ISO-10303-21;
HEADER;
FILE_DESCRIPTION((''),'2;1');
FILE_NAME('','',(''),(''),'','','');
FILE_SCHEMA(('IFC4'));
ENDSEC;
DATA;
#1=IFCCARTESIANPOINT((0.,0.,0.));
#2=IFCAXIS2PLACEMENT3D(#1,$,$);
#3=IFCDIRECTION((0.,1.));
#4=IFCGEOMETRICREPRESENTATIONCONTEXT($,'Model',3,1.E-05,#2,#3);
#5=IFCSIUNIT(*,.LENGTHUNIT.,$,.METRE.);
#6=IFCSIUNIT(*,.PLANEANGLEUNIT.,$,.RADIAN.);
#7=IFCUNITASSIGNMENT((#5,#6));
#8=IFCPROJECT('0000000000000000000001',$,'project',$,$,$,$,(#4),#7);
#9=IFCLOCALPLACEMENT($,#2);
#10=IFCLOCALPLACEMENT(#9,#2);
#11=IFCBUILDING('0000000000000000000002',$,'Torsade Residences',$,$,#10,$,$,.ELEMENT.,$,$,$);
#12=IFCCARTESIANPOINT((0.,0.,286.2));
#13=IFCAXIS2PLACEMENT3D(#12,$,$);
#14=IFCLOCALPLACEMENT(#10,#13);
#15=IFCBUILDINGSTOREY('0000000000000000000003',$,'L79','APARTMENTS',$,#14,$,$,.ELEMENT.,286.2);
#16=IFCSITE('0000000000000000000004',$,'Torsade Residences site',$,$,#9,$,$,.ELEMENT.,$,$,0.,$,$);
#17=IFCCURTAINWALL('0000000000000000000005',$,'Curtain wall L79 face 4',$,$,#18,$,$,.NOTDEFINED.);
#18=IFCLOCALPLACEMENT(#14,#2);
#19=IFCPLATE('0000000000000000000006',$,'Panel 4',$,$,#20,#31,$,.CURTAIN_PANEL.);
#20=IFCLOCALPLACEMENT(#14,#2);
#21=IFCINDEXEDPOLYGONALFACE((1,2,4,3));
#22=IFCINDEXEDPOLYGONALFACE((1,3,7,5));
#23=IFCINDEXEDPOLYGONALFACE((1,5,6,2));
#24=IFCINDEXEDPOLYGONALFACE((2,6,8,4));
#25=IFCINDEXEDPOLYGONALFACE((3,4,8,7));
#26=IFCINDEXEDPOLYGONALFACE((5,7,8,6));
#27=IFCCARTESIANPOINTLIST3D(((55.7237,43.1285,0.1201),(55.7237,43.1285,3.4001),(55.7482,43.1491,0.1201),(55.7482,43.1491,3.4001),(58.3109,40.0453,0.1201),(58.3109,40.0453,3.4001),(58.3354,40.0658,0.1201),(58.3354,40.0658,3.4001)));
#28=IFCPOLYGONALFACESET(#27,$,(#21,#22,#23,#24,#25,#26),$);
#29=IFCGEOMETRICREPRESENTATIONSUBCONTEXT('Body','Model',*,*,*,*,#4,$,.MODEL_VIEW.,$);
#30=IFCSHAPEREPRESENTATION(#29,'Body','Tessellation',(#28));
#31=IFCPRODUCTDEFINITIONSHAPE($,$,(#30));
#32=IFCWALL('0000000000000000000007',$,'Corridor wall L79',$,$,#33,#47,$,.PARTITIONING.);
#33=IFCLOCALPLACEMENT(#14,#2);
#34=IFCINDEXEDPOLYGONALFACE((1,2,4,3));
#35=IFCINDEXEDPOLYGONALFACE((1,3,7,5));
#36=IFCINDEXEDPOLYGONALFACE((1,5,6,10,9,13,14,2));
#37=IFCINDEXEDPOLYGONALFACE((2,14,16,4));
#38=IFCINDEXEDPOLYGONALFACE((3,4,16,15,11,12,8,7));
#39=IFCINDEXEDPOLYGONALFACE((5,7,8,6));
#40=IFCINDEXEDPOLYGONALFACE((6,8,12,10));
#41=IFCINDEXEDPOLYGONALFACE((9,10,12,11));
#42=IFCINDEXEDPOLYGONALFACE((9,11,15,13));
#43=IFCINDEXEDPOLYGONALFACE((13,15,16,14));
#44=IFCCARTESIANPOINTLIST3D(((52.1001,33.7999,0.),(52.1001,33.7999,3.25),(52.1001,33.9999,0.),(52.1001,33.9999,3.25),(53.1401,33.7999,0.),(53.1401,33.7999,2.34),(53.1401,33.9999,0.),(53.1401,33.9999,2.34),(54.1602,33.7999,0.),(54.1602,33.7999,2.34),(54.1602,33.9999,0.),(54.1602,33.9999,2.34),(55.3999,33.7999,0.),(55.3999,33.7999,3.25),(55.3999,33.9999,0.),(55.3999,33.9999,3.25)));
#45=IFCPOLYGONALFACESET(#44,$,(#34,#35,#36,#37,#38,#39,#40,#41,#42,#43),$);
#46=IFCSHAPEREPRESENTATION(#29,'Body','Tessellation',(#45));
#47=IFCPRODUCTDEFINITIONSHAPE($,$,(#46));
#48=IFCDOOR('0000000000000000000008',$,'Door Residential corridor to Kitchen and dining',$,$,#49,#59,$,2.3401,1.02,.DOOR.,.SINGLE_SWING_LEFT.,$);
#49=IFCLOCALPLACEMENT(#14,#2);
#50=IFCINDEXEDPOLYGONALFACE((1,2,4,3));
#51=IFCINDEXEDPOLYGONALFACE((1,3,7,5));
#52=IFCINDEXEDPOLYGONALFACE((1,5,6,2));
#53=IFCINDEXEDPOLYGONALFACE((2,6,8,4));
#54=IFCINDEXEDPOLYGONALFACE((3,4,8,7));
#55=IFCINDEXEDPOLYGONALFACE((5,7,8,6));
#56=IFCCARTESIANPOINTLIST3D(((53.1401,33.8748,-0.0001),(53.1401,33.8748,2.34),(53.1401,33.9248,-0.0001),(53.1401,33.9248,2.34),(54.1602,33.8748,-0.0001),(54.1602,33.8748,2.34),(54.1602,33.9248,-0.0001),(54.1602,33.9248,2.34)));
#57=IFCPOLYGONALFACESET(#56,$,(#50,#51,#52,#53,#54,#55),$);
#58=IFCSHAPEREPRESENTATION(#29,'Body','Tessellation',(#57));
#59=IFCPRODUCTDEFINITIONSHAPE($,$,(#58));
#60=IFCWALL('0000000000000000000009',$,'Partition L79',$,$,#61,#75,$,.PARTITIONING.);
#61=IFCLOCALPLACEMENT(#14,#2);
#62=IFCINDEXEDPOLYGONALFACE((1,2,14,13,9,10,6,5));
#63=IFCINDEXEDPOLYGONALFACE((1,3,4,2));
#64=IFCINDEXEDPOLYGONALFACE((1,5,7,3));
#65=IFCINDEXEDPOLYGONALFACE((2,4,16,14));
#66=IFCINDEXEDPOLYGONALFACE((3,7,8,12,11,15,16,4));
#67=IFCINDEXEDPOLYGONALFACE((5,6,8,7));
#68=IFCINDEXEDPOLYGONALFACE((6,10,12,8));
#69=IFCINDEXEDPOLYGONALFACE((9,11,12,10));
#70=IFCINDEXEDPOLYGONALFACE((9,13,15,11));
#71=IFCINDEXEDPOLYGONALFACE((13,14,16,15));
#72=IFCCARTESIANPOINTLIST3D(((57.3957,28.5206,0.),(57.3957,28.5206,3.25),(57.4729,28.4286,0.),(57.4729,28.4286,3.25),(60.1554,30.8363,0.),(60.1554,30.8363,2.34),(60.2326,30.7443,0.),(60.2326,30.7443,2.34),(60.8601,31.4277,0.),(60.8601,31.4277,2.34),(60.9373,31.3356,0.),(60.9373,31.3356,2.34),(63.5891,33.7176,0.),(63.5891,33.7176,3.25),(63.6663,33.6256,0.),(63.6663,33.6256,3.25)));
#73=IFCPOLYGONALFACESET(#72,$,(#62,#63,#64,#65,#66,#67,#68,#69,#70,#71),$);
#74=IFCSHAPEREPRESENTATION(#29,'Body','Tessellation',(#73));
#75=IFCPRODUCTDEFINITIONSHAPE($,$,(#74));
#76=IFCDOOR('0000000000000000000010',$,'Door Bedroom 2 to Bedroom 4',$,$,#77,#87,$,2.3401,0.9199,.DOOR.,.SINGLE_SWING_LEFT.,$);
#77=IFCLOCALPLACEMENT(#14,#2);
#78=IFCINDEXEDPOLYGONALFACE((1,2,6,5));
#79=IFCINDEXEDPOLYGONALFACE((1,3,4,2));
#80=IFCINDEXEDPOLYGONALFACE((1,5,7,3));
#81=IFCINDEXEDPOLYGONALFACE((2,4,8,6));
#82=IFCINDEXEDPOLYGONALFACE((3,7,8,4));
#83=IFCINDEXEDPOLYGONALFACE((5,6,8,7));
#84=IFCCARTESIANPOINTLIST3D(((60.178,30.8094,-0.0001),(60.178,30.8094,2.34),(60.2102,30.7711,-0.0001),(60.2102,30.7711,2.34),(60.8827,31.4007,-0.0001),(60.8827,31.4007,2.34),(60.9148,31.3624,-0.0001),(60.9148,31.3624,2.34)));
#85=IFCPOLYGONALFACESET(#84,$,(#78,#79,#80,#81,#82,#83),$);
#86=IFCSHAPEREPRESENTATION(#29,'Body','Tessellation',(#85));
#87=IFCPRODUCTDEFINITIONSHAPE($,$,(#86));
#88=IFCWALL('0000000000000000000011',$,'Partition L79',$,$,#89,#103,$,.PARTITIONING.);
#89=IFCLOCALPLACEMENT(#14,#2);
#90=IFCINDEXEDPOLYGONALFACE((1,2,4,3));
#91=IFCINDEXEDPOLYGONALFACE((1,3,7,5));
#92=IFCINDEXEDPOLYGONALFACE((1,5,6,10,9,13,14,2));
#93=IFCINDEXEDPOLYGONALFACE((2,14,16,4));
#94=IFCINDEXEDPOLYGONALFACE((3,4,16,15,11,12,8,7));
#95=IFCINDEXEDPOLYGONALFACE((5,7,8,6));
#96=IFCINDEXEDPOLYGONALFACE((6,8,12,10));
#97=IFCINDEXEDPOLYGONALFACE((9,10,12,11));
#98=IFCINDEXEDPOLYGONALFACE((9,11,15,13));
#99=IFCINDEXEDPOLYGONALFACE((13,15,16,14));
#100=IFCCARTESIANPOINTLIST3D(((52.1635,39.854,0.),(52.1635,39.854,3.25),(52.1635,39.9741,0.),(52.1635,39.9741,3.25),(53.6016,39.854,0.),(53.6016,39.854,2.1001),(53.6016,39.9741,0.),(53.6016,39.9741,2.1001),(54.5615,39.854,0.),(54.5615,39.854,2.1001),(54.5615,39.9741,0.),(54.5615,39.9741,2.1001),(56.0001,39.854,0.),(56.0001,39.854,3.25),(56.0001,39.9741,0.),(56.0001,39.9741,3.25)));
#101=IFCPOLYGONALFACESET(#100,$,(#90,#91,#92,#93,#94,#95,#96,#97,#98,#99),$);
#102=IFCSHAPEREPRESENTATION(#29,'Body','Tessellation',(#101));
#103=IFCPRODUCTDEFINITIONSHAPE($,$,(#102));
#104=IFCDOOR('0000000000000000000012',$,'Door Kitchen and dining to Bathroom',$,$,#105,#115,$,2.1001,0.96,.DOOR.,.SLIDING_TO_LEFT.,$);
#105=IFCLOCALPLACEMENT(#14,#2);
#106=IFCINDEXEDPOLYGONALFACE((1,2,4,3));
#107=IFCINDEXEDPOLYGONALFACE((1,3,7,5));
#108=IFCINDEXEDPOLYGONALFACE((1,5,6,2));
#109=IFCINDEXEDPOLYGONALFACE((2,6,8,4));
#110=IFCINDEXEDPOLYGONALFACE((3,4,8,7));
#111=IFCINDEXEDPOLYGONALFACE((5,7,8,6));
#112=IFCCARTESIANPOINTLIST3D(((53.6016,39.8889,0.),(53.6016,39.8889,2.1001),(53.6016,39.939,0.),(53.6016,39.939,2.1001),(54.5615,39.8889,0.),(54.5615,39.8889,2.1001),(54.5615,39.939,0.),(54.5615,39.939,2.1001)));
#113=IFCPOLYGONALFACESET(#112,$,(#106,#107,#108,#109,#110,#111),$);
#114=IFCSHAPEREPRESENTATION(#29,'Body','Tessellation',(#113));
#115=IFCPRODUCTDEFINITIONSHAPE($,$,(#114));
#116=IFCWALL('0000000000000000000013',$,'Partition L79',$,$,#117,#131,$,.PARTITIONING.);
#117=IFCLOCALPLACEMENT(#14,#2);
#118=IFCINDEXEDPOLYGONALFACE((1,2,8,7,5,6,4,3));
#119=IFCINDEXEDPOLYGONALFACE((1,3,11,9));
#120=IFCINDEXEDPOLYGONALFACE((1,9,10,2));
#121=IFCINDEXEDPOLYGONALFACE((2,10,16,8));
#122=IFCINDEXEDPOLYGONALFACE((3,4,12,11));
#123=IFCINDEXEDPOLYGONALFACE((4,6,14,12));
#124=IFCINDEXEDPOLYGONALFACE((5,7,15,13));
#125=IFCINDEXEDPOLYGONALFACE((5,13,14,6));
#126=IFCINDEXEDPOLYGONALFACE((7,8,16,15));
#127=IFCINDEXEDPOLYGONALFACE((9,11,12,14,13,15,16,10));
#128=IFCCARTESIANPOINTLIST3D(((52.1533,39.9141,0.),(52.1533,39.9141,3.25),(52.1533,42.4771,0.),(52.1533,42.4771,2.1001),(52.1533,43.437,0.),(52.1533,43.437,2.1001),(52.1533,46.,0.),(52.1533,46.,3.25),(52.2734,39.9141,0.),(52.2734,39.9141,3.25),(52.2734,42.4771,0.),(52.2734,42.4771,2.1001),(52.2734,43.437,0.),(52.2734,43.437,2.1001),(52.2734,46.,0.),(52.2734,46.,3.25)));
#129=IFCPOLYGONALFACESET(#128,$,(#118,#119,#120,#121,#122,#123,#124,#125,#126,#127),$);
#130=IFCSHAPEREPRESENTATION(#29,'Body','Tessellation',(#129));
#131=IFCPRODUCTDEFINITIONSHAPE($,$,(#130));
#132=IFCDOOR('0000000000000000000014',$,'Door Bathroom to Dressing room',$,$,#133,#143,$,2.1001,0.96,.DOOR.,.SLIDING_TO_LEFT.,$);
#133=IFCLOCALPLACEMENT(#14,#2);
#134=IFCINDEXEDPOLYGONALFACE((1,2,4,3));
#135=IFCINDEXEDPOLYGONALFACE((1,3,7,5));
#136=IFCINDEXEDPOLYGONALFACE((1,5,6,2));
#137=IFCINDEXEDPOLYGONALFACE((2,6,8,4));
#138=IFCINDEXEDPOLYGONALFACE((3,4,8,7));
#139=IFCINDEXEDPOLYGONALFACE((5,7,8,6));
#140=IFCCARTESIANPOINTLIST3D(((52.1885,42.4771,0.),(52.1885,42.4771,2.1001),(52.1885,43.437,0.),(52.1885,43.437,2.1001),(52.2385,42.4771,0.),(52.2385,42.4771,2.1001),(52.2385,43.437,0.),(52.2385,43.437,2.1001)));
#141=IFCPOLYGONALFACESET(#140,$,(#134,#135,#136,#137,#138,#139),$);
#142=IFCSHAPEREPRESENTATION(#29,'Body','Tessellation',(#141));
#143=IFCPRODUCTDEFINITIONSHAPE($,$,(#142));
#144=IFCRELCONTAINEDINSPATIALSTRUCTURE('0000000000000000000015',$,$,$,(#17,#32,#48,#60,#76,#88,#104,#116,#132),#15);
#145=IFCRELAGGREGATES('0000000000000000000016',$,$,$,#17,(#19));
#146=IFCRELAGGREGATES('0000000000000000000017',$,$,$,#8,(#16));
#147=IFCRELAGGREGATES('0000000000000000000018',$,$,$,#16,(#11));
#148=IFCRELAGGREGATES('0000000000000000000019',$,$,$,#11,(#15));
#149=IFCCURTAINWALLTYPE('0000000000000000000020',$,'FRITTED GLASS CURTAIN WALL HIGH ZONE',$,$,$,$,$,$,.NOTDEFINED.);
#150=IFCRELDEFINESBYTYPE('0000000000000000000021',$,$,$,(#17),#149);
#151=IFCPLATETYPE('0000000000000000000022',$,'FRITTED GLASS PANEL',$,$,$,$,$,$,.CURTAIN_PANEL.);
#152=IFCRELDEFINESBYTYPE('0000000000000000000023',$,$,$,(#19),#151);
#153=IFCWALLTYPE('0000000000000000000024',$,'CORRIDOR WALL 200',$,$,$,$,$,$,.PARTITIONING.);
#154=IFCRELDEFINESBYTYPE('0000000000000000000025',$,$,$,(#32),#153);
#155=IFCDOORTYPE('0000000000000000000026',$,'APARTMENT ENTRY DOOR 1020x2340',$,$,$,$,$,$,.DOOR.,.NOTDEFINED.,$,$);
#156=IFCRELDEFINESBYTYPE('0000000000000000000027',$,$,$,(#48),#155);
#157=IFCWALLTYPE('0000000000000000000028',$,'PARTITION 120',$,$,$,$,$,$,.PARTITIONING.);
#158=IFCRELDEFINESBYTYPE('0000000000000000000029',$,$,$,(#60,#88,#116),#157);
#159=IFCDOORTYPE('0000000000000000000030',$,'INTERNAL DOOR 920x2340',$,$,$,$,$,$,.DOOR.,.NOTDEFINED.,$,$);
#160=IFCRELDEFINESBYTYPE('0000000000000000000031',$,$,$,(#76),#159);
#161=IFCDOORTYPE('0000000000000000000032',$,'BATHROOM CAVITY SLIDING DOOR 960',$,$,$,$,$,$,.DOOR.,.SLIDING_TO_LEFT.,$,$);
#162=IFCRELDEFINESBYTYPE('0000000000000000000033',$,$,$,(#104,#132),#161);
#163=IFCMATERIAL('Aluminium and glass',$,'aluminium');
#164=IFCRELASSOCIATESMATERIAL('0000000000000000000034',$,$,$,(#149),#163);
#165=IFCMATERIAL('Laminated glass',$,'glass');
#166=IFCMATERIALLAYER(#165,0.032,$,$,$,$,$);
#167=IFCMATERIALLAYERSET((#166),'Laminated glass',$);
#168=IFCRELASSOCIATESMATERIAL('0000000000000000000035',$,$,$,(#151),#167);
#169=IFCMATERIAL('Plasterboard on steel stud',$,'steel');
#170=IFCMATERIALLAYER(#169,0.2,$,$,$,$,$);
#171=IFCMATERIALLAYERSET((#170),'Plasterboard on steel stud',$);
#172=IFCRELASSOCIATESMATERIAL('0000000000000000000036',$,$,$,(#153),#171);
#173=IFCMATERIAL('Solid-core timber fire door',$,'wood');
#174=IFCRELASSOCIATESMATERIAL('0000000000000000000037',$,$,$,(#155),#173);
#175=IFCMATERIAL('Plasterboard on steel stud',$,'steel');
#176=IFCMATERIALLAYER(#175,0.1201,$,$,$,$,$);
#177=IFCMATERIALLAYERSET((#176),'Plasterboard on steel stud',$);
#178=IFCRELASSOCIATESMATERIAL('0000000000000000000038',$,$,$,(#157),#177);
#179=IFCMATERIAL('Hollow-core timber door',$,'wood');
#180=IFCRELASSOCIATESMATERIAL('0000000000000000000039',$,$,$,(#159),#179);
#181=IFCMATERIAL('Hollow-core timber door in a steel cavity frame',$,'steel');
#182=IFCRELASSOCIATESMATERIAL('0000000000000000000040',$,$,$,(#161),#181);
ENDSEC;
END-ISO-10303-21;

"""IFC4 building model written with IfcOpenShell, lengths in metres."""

from ifc_helpers import new_model, si_unit, direction, frame, frame_2d, origin, origin_2d, place, context, subcontext, project, spatial, rectangle, extrude, material, layer, layer_set, type_object, element, fill, aggregate, save


model = new_model("IFC4")

# Units and contexts
model_context = context("Model", 3, precision=1e-05, world=origin(), true_north=direction((0.0, 1.0)))
body_context = subcontext(model_context, "Body", "Model", "MODEL_VIEW")
ifc_project = project(units=[si_unit("LENGTHUNIT", "METRE"), si_unit("PLANEANGLEUNIT", "RADIAN")], contexts=[model_context])

# Site, building, storey
site_placement = place(None, origin())
site = spatial("IfcSite", under=ifc_project, at=site_placement, Name="Torsade Residences site", CompositionType="ELEMENT", RefElevation=0.0)
building_placement = place(site_placement, origin())
building = spatial("IfcBuilding", under=site, at=building_placement, Name="Torsade Residences", CompositionType="ELEMENT")
storey_placement = place(building_placement, frame((0.0, 0.0, 286.2)))
storey = spatial("IfcBuildingStorey", under=building, at=storey_placement, Name="L79", Description="APARTMENTS", CompositionType="ELEMENT", Elevation=286.2)

# Curtain wall, plate
ifc_material_1 = material(Name="Aluminium and glass", Category="aluminium")
curtain_wall_type = type_object("IfcCurtainWallType", Name="FRITTED GLASS CURTAIN WALL HIGH ZONE", PredefinedType="NOTDEFINED", material=ifc_material_1)
curtain_wall_placement = place(storey_placement, origin())
curtain_wall = element("IfcCurtainWall", 1, at=curtain_wall_placement, inside=storey, type_object=curtain_wall_type, Name="Curtain wall L79 face 4", PredefinedType="NOTDEFINED")
ifc_material_2 = material(Name="Laminated glass", Category="glass")
ifc_layer_1 = layer(ifc_material_2, 0.032)
ifc_layer_set_1 = layer_set([ifc_layer_1], Name="Laminated glass")
plate_type = type_object("IfcPlateType", Name="FRITTED GLASS PANEL", PredefinedType="CURTAIN_PANEL", material=ifc_layer_set_1)
plate_placement = place(storey_placement, frame((57.0295, 41.5972, 0.1201), z_axis=(0.0, 0.0, 1.0), x_axis=(-0.642788, 0.766044, 0.0)))
plate = element("IfcPlate", 2, at=plate_placement, type_object=plate_type, Name="Panel 4", PredefinedType="CURTAIN_PANEL", context=body_context, shape_type="SweptSolid", body=[
    extrude(rectangle(XDim=4.0249, YDim=0.032, at=origin_2d()), origin(), (0.0, 0.0, 1.0), 3.28),
])
aggregate(curtain_wall, [plate])

# Walls, openings, doors
ifc_material_3 = material(Name="Plasterboard on steel stud", Category="steel")
ifc_layer_2 = layer(ifc_material_3, 0.2)
ifc_layer_set_2 = layer_set([ifc_layer_2], Name="Plasterboard on steel stud")
wall_type_1 = type_object("IfcWallType", Name="CORRIDOR WALL 200", PredefinedType="PARTITIONING", material=ifc_layer_set_2)
wall_1_placement = place(storey_placement, frame((52.1001, 33.8999, 0.0), z_axis=(0.0, 0.0, 1.0), x_axis=(1.0, 0.0, 0.0)))
wall_1 = element("IfcWall", 3, at=wall_1_placement, inside=storey, type_object=wall_type_1, Name="Corridor wall L79", PredefinedType="PARTITIONING", context=body_context, shape_type="SweptSolid", body=[
    extrude(rectangle(XDim=3.2998, YDim=0.2, at=frame_2d((1.6499, 0.0))), origin(), (0.0, 0.0, 1.0), 3.25),
])
opening_1_placement = place(wall_1_placement, frame((1.04, 0.0, 0.0)))
opening_1 = element("IfcOpeningElement", 4, at=opening_1_placement, cuts=wall_1, PredefinedType="OPENING", context=body_context, shape_type="SweptSolid", body=[
    extrude(rectangle(XDim=1.02, YDim=2.3401, at=frame_2d((0.51, 1.1699))), frame((0.0, 0.1099, 0.0), z_axis=(0.0, -1.0, 0.0), x_axis=(1.0, 0.0, 0.0)), (0.0, 0.0, 1.0), 0.22),
])
ifc_material_4 = material(Name="Solid-core timber fire door", Category="wood")
door_type_1 = type_object("IfcDoorType", Name="APARTMENT ENTRY DOOR 1020x2340", OperationType="NOTDEFINED", PredefinedType="DOOR", material=ifc_material_4)
door_1_placement = place(opening_1_placement, origin())
door_1 = element("IfcDoor", 5, at=door_1_placement, inside=storey, type_object=door_type_1, Name="Door Residential corridor to Kitchen and dining", OperationType="SINGLE_SWING_LEFT", OverallHeight=2.3401, OverallWidth=1.02, PredefinedType="DOOR", context=body_context, shape_type="SweptSolid", body=[
    extrude(rectangle(XDim=1.02, YDim=2.3401, at=frame_2d((0.51, 1.1699))), frame((0.0, 0.0249, 0.0), z_axis=(0.0, -1.0, 0.0), x_axis=(1.0, 0.0, 0.0)), (0.0, 0.0, 1.0), 0.05),
])
fill(opening_1, door_1)
ifc_material_5 = material(Name="Plasterboard on steel stud", Category="steel")
ifc_layer_3 = layer(ifc_material_5, 0.1201)
ifc_layer_set_3 = layer_set([ifc_layer_3], Name="Plasterboard on steel stud")
wall_type_2 = type_object("IfcWallType", Name="PARTITION 120", PredefinedType="PARTITIONING", material=ifc_layer_set_3)
wall_2_placement = place(storey_placement, frame((57.4343, 28.4746, 0.0), z_axis=(0.0, 0.0, 1.0), x_axis=(0.766034, 0.6428, 0.0)))
wall_2 = element("IfcWall", 6, at=wall_2_placement, inside=storey, type_object=wall_type_2, Name="Partition L79", PredefinedType="PARTITIONING", context=body_context, shape_type="SweptSolid", body=[
    extrude(rectangle(XDim=8.085, YDim=0.1201, at=frame_2d((4.0425, 0.0))), origin(), (0.0, 0.0, 1.0), 3.25),
])
opening_2_placement = place(wall_2_placement, frame((3.6025, 0.0, 0.0)))
opening_2 = element("IfcOpeningElement", 7, at=opening_2_placement, cuts=wall_2, PredefinedType="OPENING", context=body_context, shape_type="SweptSolid", body=[
    extrude(rectangle(XDim=0.9199, YDim=2.3401, at=frame_2d((0.46, 1.1699))), frame((0.0, 0.0701, 0.0), z_axis=(0.0, -1.0, 0.0), x_axis=(1.0, 0.0, 0.0)), (0.0, 0.0, 1.0), 0.1401),
])
ifc_material_6 = material(Name="Hollow-core timber door", Category="wood")
door_type_2 = type_object("IfcDoorType", Name="INTERNAL DOOR 920x2340", OperationType="NOTDEFINED", PredefinedType="DOOR", material=ifc_material_6)
door_2_placement = place(opening_2_placement, origin())
door_2 = element("IfcDoor", 8, at=door_2_placement, inside=storey, type_object=door_type_2, Name="Door Bedroom 2 to Bedroom 4", OperationType="SINGLE_SWING_LEFT", OverallHeight=2.3401, OverallWidth=0.9199, PredefinedType="DOOR", context=body_context, shape_type="SweptSolid", body=[
    extrude(rectangle(XDim=0.9199, YDim=2.3401, at=frame_2d((0.46, 1.1699))), frame((0.0, 0.0249, 0.0), z_axis=(0.0, -1.0, 0.0), x_axis=(1.0, 0.0, 0.0)), (0.0, 0.0, 1.0), 0.05),
])
fill(opening_2, door_2)
wall_3_placement = place(storey_placement, frame((52.1633, 39.9141, 0.0), z_axis=(0.0, 0.0, 1.0), x_axis=(1.0, 0.0, 0.0)))
wall_3 = element("IfcWall", 9, at=wall_3_placement, inside=storey, type_object=wall_type_2, Name="Partition L79", PredefinedType="PARTITIONING", context=body_context, shape_type="SweptSolid", body=[
    extrude(rectangle(XDim=3.8367, YDim=0.1201, at=frame_2d((1.9185, 0.0))), origin(), (0.0, 0.0, 1.0), 3.25),
])
opening_3_placement = place(wall_3_placement, frame((1.4382, 0.0, 0.0)))
opening_3 = element("IfcOpeningElement", 10, at=opening_3_placement, cuts=wall_3, PredefinedType="OPENING", context=body_context, shape_type="SweptSolid", body=[
    extrude(rectangle(XDim=0.96, YDim=2.1001, at=frame_2d((0.48, 1.05))), frame((0.0, 0.0701, 0.0), z_axis=(0.0, -1.0, 0.0), x_axis=(1.0, 0.0, 0.0)), (0.0, 0.0, 1.0), 0.1401),
])
ifc_material_7 = material(Name="Hollow-core timber door in a steel cavity frame", Category="steel")
door_type_3 = type_object("IfcDoorType", Name="BATHROOM CAVITY SLIDING DOOR 960", OperationType="SLIDING_TO_LEFT", PredefinedType="DOOR", material=ifc_material_7)
door_3_placement = place(opening_3_placement, origin())
door_3 = element("IfcDoor", 11, at=door_3_placement, inside=storey, type_object=door_type_3, Name="Door Kitchen and dining to Bathroom", OperationType="SLIDING_TO_LEFT", OverallHeight=2.1001, OverallWidth=0.96, PredefinedType="DOOR", context=body_context, shape_type="SweptSolid", body=[
    extrude(rectangle(XDim=0.96, YDim=2.1001, at=frame_2d((0.48, 1.05))), frame((0.0, 0.0249, 0.0), z_axis=(0.0, -1.0, 0.0), x_axis=(1.0, 0.0, 0.0)), (0.0, 0.0, 1.0), 0.05),
])
fill(opening_3, door_3)
wall_4_placement = place(storey_placement, frame((52.2134, 39.9141, 0.0), z_axis=(0.0, 0.0, 1.0), x_axis=(0.0, 1.0, 0.0)))
wall_4 = element("IfcWall", 12, at=wall_4_placement, inside=storey, type_object=wall_type_2, Name="Partition L79", PredefinedType="PARTITIONING", context=body_context, shape_type="SweptSolid", body=[
    extrude(rectangle(XDim=6.0859, YDim=0.1201, at=frame_2d((3.043, 0.0))), origin(), (0.0, 0.0, 1.0), 3.25),
])
opening_4_placement = place(wall_4_placement, frame((2.563, 0.0, 0.0)))
opening_4 = element("IfcOpeningElement", 13, at=opening_4_placement, cuts=wall_4, PredefinedType="OPENING", context=body_context, shape_type="SweptSolid", body=[
    extrude(rectangle(XDim=0.96, YDim=2.1001, at=frame_2d((0.48, 1.05))), frame((0.0, 0.0701, 0.0), z_axis=(0.0, -1.0, 0.0), x_axis=(1.0, 0.0, 0.0)), (0.0, 0.0, 1.0), 0.1401),
])
door_4_placement = place(opening_4_placement, origin())
door_4 = element("IfcDoor", 14, at=door_4_placement, inside=storey, type_object=door_type_3, Name="Door Bathroom to Dressing room", OperationType="SLIDING_TO_LEFT", OverallHeight=2.1001, OverallWidth=0.96, PredefinedType="DOOR", context=body_context, shape_type="SweptSolid", body=[
    extrude(rectangle(XDim=0.96, YDim=2.1001, at=frame_2d((0.48, 1.05))), frame((0.0, 0.0249, 0.0), z_axis=(0.0, -1.0, 0.0), x_axis=(1.0, 0.0, 0.0)), (0.0, 0.0, 1.0), 0.05),
])
fill(opening_4, door_4)

save(model, "model.ifc")
